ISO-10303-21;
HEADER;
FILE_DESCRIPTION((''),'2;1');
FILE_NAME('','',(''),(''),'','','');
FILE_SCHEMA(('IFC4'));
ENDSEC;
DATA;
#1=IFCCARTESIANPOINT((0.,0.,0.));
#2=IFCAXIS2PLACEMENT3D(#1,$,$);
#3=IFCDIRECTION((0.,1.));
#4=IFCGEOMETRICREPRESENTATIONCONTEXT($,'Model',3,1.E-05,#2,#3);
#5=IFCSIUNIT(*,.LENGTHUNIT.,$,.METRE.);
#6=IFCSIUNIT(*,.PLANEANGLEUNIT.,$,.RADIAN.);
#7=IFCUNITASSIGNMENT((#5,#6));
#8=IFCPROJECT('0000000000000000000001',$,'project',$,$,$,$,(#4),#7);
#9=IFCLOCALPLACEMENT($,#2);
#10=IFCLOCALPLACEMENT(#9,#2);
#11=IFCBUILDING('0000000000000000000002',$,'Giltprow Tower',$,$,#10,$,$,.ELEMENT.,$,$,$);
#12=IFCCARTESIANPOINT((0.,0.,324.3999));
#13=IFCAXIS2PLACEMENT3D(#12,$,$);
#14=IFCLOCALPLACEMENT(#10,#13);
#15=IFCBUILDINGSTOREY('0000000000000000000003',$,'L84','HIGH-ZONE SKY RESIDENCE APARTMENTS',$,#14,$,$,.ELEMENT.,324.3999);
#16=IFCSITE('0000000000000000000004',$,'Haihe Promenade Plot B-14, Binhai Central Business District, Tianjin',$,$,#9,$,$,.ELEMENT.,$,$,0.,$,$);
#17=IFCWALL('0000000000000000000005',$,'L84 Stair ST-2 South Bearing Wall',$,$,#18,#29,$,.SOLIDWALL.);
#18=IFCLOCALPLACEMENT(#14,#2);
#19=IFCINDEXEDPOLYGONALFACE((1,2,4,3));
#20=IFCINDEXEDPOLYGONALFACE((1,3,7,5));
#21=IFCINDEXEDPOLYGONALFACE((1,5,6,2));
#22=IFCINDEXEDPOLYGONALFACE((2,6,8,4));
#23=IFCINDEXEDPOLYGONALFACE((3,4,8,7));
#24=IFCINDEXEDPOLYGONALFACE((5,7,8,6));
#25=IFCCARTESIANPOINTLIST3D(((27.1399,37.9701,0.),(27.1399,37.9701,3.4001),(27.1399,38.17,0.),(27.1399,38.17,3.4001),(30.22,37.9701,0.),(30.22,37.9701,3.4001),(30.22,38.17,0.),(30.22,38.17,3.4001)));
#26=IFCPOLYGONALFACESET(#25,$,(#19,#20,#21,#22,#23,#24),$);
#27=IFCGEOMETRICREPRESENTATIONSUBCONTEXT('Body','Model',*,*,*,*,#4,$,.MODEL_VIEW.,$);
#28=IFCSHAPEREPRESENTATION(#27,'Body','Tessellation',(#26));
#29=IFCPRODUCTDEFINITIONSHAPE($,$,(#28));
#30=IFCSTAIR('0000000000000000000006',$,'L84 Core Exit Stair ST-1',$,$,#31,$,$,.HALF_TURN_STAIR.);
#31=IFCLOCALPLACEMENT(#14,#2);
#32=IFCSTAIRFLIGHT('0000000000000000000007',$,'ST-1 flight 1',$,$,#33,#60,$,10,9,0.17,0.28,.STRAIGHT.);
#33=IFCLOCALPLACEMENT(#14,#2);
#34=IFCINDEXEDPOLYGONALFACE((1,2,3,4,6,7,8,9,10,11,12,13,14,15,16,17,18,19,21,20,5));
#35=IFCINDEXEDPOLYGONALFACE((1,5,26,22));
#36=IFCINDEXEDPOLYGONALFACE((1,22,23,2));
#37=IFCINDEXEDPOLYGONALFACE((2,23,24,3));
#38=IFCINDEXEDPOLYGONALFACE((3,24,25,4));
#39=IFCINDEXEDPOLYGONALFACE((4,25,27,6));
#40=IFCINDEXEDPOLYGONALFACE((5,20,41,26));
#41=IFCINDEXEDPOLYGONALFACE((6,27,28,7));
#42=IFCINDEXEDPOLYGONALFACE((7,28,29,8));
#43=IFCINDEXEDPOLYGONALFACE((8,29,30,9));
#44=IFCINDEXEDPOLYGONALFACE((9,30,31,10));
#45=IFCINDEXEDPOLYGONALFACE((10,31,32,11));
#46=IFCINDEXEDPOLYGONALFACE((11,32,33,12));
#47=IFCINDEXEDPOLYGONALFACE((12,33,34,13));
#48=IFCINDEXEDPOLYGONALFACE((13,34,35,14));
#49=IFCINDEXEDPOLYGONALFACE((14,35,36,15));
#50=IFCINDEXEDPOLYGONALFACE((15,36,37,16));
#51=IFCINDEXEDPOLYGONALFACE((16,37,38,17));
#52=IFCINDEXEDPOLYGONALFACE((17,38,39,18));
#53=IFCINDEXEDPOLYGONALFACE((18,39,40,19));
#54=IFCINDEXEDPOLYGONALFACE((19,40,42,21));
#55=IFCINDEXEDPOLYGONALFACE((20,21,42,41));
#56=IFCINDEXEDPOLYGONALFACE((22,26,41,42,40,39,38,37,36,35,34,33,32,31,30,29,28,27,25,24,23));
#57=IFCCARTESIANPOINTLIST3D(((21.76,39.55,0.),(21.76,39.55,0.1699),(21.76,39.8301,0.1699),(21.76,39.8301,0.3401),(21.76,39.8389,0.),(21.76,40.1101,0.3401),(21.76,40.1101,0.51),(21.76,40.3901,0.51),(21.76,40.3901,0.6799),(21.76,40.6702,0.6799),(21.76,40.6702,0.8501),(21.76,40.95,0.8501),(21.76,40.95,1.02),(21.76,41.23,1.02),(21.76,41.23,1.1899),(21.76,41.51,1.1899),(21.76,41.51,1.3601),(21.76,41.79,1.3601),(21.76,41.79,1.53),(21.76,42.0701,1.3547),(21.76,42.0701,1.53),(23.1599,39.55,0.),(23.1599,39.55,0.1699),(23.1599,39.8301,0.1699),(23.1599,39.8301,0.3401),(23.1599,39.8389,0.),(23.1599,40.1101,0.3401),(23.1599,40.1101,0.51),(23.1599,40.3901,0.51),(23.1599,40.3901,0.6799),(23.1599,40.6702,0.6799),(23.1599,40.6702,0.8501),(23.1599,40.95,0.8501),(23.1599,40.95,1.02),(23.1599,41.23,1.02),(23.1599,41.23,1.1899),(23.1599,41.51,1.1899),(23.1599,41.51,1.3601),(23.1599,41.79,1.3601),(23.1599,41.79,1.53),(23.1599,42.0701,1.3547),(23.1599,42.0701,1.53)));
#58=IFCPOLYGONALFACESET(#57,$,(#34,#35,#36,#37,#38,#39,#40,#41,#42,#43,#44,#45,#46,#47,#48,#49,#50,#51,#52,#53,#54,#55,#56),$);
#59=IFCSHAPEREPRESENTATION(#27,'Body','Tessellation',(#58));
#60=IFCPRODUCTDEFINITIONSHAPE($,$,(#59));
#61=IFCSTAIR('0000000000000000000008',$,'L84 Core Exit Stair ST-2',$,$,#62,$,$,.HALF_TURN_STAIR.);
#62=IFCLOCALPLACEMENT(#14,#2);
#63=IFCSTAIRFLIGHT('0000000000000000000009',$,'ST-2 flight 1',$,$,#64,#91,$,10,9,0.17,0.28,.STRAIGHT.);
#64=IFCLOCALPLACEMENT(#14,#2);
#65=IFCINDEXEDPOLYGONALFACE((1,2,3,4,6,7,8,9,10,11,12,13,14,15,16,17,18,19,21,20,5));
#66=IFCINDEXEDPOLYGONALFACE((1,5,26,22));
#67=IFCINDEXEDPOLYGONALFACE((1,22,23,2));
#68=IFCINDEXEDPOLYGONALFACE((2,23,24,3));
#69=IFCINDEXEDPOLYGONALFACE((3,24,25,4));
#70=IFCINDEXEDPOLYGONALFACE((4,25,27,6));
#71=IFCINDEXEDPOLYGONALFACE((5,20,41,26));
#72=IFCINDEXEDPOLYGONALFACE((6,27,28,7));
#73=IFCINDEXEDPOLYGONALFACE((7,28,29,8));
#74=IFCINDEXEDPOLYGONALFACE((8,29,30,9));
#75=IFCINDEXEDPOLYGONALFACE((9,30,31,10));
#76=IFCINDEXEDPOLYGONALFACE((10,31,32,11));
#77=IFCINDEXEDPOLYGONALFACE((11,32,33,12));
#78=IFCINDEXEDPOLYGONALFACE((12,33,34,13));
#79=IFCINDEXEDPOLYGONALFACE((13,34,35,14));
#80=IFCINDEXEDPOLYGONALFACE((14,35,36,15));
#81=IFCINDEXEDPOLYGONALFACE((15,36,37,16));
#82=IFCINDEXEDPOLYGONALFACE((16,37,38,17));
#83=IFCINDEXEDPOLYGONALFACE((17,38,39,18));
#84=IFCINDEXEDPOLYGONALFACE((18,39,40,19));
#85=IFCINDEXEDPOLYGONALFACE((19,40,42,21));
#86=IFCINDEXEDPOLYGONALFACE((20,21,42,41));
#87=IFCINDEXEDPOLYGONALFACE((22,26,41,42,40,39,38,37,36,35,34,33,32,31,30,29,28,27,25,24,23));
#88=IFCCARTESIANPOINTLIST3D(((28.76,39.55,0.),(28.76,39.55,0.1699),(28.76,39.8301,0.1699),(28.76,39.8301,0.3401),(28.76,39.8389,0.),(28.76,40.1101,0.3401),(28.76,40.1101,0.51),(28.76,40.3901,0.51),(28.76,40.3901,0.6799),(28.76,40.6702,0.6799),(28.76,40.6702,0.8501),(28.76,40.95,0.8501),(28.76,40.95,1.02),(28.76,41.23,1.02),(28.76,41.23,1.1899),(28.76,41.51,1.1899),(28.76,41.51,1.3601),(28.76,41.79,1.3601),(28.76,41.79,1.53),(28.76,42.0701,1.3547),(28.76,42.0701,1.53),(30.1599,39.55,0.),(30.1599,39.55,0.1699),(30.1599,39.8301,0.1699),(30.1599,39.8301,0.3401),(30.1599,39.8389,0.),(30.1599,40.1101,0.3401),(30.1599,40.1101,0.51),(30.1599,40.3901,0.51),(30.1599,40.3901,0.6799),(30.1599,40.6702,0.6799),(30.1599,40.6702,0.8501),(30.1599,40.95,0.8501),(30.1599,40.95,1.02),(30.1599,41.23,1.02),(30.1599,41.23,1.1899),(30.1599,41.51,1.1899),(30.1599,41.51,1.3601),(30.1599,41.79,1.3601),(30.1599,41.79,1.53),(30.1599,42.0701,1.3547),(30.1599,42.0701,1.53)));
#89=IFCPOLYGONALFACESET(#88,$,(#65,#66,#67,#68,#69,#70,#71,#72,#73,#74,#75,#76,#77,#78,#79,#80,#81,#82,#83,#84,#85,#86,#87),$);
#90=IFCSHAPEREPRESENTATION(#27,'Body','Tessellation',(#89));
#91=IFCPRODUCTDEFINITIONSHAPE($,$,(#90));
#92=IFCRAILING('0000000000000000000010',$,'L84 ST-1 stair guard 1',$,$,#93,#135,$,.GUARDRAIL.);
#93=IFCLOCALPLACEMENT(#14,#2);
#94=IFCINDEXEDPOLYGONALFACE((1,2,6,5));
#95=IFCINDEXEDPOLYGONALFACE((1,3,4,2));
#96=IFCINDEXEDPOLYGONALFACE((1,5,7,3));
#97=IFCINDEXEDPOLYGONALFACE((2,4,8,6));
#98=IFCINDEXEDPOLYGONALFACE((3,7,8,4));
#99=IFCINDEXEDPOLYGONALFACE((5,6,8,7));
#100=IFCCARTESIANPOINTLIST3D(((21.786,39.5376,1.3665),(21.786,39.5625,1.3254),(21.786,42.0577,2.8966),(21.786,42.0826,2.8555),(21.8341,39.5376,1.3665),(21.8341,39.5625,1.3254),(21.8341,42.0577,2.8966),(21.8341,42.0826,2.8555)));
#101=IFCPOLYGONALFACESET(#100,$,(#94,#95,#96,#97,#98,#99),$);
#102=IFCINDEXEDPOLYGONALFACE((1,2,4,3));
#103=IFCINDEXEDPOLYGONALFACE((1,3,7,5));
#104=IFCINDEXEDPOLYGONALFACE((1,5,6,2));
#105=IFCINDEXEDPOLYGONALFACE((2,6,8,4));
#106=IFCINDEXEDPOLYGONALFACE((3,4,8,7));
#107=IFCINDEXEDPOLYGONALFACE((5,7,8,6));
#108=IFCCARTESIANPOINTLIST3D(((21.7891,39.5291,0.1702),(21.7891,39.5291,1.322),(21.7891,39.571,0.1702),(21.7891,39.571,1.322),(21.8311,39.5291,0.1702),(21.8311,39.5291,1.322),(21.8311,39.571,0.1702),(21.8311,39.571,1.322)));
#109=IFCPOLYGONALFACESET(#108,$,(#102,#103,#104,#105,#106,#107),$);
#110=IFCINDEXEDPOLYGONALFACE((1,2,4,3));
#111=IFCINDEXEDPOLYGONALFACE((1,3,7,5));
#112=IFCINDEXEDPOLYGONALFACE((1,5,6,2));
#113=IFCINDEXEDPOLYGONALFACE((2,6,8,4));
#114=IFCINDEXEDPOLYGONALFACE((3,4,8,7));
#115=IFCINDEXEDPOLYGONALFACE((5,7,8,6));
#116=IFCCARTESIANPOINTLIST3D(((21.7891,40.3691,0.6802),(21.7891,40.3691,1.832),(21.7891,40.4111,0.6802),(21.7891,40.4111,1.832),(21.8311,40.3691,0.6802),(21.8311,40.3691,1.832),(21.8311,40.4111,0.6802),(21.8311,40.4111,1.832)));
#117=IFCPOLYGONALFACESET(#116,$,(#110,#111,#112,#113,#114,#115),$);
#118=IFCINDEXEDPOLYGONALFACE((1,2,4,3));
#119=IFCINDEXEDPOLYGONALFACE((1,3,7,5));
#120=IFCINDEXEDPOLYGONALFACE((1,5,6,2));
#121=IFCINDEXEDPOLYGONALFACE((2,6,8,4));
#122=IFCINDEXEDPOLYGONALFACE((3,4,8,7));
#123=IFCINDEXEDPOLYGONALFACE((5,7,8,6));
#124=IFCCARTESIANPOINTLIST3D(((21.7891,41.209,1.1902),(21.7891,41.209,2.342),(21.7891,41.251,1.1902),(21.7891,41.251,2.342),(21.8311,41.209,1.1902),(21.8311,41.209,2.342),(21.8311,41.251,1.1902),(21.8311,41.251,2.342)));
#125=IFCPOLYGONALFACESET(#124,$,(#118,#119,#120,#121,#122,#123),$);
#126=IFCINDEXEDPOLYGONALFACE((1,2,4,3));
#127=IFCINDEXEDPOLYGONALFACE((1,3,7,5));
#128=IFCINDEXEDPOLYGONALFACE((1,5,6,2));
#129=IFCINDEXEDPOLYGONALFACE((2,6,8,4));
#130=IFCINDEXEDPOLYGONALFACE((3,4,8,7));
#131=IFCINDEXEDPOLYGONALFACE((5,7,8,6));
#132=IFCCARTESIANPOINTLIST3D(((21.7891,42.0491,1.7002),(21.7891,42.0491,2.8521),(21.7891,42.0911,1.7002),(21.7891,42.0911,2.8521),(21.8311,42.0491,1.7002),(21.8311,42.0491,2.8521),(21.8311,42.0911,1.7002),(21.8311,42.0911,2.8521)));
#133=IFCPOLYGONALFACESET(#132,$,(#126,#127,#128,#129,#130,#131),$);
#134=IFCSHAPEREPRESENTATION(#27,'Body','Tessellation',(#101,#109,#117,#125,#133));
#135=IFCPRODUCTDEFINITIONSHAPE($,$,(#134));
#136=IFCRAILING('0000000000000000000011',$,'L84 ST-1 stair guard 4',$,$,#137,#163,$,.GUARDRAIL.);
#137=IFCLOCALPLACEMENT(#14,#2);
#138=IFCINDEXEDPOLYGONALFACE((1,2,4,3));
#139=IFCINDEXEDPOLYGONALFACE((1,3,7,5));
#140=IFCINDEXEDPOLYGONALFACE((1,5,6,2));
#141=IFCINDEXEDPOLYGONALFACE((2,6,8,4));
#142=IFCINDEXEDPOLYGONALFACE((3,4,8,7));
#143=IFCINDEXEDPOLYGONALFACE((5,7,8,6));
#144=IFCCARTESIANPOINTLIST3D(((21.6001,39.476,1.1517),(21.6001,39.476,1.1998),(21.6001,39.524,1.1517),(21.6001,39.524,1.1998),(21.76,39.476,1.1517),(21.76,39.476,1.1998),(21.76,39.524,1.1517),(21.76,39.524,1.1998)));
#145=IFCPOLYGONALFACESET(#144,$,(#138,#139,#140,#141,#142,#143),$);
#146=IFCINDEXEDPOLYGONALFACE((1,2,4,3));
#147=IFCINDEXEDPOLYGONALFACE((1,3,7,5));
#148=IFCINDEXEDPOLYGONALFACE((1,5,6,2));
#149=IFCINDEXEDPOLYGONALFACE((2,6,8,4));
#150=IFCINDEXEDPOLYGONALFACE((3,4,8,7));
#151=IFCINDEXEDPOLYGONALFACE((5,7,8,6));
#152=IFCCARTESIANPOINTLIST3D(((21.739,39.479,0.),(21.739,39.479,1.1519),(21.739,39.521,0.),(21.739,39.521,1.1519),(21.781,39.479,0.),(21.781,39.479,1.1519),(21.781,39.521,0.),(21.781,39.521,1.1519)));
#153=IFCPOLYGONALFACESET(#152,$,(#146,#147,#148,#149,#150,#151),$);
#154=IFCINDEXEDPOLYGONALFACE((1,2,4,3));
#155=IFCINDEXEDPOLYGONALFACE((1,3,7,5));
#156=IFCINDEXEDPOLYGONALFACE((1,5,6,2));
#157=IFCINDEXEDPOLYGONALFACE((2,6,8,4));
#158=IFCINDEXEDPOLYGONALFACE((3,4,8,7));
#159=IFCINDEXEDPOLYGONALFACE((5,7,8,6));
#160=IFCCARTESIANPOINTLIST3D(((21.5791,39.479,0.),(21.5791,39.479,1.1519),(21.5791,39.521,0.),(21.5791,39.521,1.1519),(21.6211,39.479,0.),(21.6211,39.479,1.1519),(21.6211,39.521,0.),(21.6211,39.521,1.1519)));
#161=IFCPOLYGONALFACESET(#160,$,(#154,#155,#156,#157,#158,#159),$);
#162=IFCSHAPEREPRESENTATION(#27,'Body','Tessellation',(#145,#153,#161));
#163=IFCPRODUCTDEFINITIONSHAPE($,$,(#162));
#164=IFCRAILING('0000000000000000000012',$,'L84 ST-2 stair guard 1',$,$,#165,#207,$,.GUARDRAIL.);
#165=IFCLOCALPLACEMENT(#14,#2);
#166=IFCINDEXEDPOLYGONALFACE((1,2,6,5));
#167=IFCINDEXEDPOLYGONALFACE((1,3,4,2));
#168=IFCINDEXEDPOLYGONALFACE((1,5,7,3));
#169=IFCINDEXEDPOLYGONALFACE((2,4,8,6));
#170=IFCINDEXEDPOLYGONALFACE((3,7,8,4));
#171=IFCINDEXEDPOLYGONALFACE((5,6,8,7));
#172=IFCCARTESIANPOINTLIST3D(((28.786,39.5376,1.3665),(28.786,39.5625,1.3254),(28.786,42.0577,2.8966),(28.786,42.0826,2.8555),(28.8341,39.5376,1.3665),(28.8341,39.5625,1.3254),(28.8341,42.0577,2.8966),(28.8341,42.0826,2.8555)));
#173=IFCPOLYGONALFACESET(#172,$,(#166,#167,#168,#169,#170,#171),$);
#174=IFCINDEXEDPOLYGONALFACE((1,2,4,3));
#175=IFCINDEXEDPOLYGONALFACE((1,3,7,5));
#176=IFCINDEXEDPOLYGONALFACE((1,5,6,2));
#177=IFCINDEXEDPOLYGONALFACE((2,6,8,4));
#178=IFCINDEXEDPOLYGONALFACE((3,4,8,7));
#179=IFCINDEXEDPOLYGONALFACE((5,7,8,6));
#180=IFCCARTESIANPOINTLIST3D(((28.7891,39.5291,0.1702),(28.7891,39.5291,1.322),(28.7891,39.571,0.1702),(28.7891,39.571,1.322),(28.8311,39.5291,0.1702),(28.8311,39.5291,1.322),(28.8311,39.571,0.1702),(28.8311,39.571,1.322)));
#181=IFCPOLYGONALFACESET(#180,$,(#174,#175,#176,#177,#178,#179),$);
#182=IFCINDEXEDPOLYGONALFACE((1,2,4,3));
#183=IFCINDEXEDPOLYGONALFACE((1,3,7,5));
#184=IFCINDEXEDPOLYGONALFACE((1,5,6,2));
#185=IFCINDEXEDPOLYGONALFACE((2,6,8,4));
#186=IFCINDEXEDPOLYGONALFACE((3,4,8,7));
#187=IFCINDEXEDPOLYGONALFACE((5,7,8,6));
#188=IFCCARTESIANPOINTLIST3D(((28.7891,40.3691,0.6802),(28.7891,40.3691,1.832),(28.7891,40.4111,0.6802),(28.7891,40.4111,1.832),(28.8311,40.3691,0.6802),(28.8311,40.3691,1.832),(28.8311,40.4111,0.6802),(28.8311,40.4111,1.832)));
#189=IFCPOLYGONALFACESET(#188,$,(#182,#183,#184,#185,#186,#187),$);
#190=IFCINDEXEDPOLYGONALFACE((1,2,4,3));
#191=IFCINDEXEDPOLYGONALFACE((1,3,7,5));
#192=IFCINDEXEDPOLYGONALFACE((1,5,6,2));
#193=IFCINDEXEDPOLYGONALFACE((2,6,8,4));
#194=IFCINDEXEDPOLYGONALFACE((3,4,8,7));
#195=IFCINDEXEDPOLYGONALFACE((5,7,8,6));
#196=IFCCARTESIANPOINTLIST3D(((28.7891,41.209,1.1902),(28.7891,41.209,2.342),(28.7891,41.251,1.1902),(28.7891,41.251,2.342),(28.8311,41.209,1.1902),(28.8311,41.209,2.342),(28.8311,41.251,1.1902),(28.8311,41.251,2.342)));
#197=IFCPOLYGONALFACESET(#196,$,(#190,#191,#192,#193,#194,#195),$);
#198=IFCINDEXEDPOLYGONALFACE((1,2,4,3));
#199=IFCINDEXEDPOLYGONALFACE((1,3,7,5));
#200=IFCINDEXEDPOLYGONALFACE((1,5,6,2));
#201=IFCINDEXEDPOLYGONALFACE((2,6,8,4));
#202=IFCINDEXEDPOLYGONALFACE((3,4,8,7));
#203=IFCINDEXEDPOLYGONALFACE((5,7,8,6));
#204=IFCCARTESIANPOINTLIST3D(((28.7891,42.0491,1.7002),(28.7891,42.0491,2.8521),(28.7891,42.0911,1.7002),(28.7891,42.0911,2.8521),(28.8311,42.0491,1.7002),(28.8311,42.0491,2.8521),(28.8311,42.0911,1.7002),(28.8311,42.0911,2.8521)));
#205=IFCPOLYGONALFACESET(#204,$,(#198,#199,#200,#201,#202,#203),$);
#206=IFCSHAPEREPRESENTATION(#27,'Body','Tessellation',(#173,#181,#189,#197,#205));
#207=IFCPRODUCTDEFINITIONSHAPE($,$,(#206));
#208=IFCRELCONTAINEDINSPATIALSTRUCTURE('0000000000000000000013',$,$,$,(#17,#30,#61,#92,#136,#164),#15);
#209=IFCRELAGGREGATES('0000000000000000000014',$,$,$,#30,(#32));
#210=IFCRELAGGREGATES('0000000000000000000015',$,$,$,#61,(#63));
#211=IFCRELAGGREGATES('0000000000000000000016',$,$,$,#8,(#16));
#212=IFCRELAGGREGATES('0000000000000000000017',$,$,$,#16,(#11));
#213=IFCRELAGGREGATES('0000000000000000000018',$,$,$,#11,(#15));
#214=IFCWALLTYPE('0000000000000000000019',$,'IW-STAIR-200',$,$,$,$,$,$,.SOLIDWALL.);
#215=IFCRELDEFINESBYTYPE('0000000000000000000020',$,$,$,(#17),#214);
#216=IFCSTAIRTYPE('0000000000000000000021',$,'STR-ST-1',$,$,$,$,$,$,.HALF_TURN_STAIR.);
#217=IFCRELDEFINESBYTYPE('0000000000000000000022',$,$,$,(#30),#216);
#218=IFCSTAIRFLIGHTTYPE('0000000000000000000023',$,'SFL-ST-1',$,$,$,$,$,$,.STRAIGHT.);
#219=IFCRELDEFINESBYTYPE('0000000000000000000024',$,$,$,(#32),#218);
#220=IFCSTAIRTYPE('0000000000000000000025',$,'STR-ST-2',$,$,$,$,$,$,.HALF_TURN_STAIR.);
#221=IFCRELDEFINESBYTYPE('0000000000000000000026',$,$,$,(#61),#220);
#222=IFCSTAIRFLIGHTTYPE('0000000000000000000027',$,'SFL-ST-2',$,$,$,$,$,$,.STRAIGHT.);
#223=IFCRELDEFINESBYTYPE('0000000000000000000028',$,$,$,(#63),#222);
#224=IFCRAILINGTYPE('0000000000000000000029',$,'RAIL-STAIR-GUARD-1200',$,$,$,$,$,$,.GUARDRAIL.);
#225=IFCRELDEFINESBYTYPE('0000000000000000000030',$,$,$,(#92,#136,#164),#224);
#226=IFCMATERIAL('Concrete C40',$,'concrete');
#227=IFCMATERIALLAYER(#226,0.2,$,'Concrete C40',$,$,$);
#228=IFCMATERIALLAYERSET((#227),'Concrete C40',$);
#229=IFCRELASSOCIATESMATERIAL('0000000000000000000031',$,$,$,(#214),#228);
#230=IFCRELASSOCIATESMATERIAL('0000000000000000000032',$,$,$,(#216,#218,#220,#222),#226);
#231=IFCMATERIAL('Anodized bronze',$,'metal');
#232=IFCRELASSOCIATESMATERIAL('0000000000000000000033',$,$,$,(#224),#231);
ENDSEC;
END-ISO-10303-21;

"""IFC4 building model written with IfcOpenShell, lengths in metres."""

from ifc_helpers import new_model, si_unit, direction, frame, frame_2d, origin, origin_2d, place, context, subcontext, project, spatial, polyline, rectangle, outline, extrude, material, layer, layer_set, type_object, element, aggregate, save


model = new_model("IFC4")

# Units and contexts
model_context = context("Model", 3, precision=1e-05, world=origin(), true_north=direction((0.0, 1.0)))
body_context = subcontext(model_context, "Body", "Model", "MODEL_VIEW")
ifc_project = project(units=[si_unit("LENGTHUNIT", "METRE"), si_unit("PLANEANGLEUNIT", "RADIAN")], contexts=[model_context])

# Site, building, storey
site_placement = place(None, origin())
site = spatial("IfcSite", under=ifc_project, at=site_placement, Name="Haihe Promenade Plot B-14, Binhai Central Business District, Tianjin", CompositionType="ELEMENT", RefElevation=0.0)
building_placement = place(site_placement, origin())
building = spatial("IfcBuilding", under=site, at=building_placement, Name="Giltprow Tower", CompositionType="ELEMENT")
storey_placement = place(building_placement, frame((0.0, 0.0, 324.3999)))
storey = spatial("IfcBuildingStorey", under=building, at=storey_placement, Name="L84", Description="HIGH-ZONE SKY RESIDENCE APARTMENTS", CompositionType="ELEMENT", Elevation=324.3999)

# Shared definitions
ifc_material_1 = material(Name="Concrete C40", Category="concrete")
ifc_layer_1 = layer(ifc_material_1, 0.2, Name="Concrete C40")
ifc_layer_set_1 = layer_set([ifc_layer_1], Name="Concrete C40")
wall_type_1 = type_object("IfcWallType", Name="IW-STAIR-200", PredefinedType="SOLIDWALL", material=ifc_layer_set_1)

# Wall
wall_1_placement = place(storey_placement, frame((27.1399, 38.0701, 0.0), z_axis=(0.0, 0.0, 1.0), x_axis=(1.0, 0.0, 0.0)))
element("IfcWall", 1, at=wall_1_placement, inside=storey, type_object=wall_type_1, Name="L84 Stair ST-2 South Bearing Wall", PredefinedType="SOLIDWALL", context=body_context, shape_type="SweptSolid", body=[
    extrude(rectangle(XDim=3.0801, YDim=0.2, at=frame_2d((1.54, 0.0))), origin(), (0.0, 0.0, 1.0), 3.4001),
])

# Stairs, stair flights
stair_type_1 = type_object("IfcStairType", Name="STR-ST-1", PredefinedType="HALF_TURN_STAIR", material=ifc_material_1)
stair_1_placement = place(storey_placement, origin())
stair_1 = element("IfcStair", 2, at=stair_1_placement, inside=storey, type_object=stair_type_1, Name="L84 Core Exit Stair ST-1", PredefinedType="HALF_TURN_STAIR")
stair_flight_type_1 = type_object("IfcStairFlightType", Name="SFL-ST-1", PredefinedType="STRAIGHT", material=ifc_material_1)
stair_flight_1_placement = place(storey_placement, frame((22.46, 39.55, 0.0), z_axis=(0.0, 0.0, 1.0), x_axis=(0.0, 1.0, 0.0)))
stair_flight_1 = element("IfcStairFlight", 3, at=stair_flight_1_placement, type_object=stair_flight_type_1, Name="ST-1 flight 1", NumberOfRisers=10, NumberOfTreads=9, PredefinedType="STRAIGHT", RiserHeight=0.17, TreadLength=0.28, context=body_context, shape_type="SweptSolid", body=[
    extrude(outline(polyline([(0.0, 0.0), (0.0, 0.1699), (0.28, 0.1699), (0.28, 0.3401), (0.5601, 0.3401), (0.5601, 0.51), (0.8401, 0.51), (0.8401, 0.6799), (1.1201, 0.6799), (1.1201, 0.8501), (1.3999, 0.8501), (1.3999, 1.02), (1.6799, 1.02), (1.6799, 1.1899), (1.96, 1.1899), (1.96, 1.3601), (2.24, 1.3601), (2.24, 1.53), (2.52, 1.53), (2.52, 1.7), (2.52, 1.3547), (0.2888, 0.0), (0.0, 0.0)])), frame((0.0, 0.7, 0.0), z_axis=(0.0, -1.0, 0.0), x_axis=(1.0, 0.0, 0.0)), (0.0, 0.0, 1.0), 1.3999),
])
aggregate(stair_1, [stair_flight_1])
stair_type_2 = type_object("IfcStairType", Name="STR-ST-2", PredefinedType="HALF_TURN_STAIR", material=ifc_material_1)
stair_2_placement = place(storey_placement, origin())
stair_2 = element("IfcStair", 4, at=stair_2_placement, inside=storey, type_object=stair_type_2, Name="L84 Core Exit Stair ST-2", PredefinedType="HALF_TURN_STAIR")
stair_flight_type_2 = type_object("IfcStairFlightType", Name="SFL-ST-2", PredefinedType="STRAIGHT", material=ifc_material_1)
stair_flight_2_placement = place(storey_placement, frame((29.46, 39.55, 0.0), z_axis=(0.0, 0.0, 1.0), x_axis=(0.0, 1.0, 0.0)))
stair_flight_2 = element("IfcStairFlight", 5, at=stair_flight_2_placement, type_object=stair_flight_type_2, Name="ST-2 flight 1", NumberOfRisers=10, NumberOfTreads=9, PredefinedType="STRAIGHT", RiserHeight=0.17, TreadLength=0.28, context=body_context, shape_type="SweptSolid", body=[
    extrude(outline(polyline([(0.0, 0.0), (0.0, 0.1699), (0.28, 0.1699), (0.28, 0.3401), (0.5601, 0.3401), (0.5601, 0.51), (0.8401, 0.51), (0.8401, 0.6799), (1.1201, 0.6799), (1.1201, 0.8501), (1.3999, 0.8501), (1.3999, 1.02), (1.6799, 1.02), (1.6799, 1.1899), (1.96, 1.1899), (1.96, 1.3601), (2.24, 1.3601), (2.24, 1.53), (2.52, 1.53), (2.52, 1.7), (2.52, 1.3547), (0.2888, 0.0), (0.0, 0.0)])), frame((0.0, 0.7, 0.0), z_axis=(0.0, -1.0, 0.0), x_axis=(1.0, 0.0, 0.0)), (0.0, 0.0, 1.0), 1.3999),
])
aggregate(stair_2, [stair_flight_2])

# Railings
ifc_material_2 = material(Name="Anodized bronze", Category="metal")
railing_type_1 = type_object("IfcRailingType", Name="RAIL-STAIR-GUARD-1200", PredefinedType="GUARDRAIL", material=ifc_material_2)
railing_1_placement = place(storey_placement, frame((21.8101, 39.55, 0.1702)))
element("IfcRailing", 6, at=railing_1_placement, inside=storey, type_object=railing_type_1, Name="L84 ST-1 stair guard 1", PredefinedType="GUARDRAIL", context=body_context, shape_type="SweptSolid", body=[
    extrude(rectangle(XDim=0.0481, YDim=0.0481, at=origin_2d()), frame((0.0, 0.0, 1.1758), z_axis=(0.0, 0.854785, 0.518982), x_axis=(-1.0, 0.0, 0.0)), (0.0, 0.0, 1.0), 2.9482),
    extrude(rectangle(XDim=0.042, YDim=0.042, at=origin_2d()), origin(), (0.0, 0.0, 1.0), 1.1519),
    extrude(rectangle(XDim=0.042, YDim=0.042, at=origin_2d()), frame((0.0, 0.8401, 0.51)), (0.0, 0.0, 1.0), 1.1519),
    extrude(rectangle(XDim=0.042, YDim=0.042, at=origin_2d()), frame((0.0, 1.6799, 1.02)), (0.0, 0.0, 1.0), 1.1519),
    extrude(rectangle(XDim=0.042, YDim=0.042, at=origin_2d()), frame((0.0, 2.52, 1.53)), (0.0, 0.0, 1.0), 1.1519),
])
railing_2_placement = place(storey_placement, frame((21.76, 39.5, 0.0)))
element("IfcRailing", 7, at=railing_2_placement, inside=storey, type_object=railing_type_1, Name="L84 ST-1 stair guard 4", PredefinedType="GUARDRAIL", context=body_context, shape_type="SweptSolid", body=[
    extrude(rectangle(XDim=0.0481, YDim=0.0481, at=origin_2d()), frame((0.0, 0.0, 1.1758), z_axis=(-1.0, 0.0, 0.0), x_axis=(0.0, -1.0, 0.0)), (0.0, 0.0, 1.0), 0.1599),
    extrude(rectangle(XDim=0.042, YDim=0.042, at=origin_2d()), origin(), (0.0, 0.0, 1.0), 1.1519),
    extrude(rectangle(XDim=0.042, YDim=0.042, at=origin_2d()), frame((-0.1599, 0.0, 0.0)), (0.0, 0.0, 1.0), 1.1519),
])
railing_3_placement = place(storey_placement, frame((28.8101, 39.55, 0.1702)))
element("IfcRailing", 8, at=railing_3_placement, inside=storey, type_object=railing_type_1, Name="L84 ST-2 stair guard 1", PredefinedType="GUARDRAIL", context=body_context, shape_type="SweptSolid", body=[
    extrude(rectangle(XDim=0.0481, YDim=0.0481, at=origin_2d()), frame((0.0, 0.0, 1.1758), z_axis=(0.0, 0.854785, 0.518982), x_axis=(-1.0, 0.0, 0.0)), (0.0, 0.0, 1.0), 2.9482),
    extrude(rectangle(XDim=0.042, YDim=0.042, at=origin_2d()), origin(), (0.0, 0.0, 1.0), 1.1519),
    extrude(rectangle(XDim=0.042, YDim=0.042, at=origin_2d()), frame((0.0, 0.8401, 0.51)), (0.0, 0.0, 1.0), 1.1519),
    extrude(rectangle(XDim=0.042, YDim=0.042, at=origin_2d()), frame((0.0, 1.6799, 1.02)), (0.0, 0.0, 1.0), 1.1519),
    extrude(rectangle(XDim=0.042, YDim=0.042, at=origin_2d()), frame((0.0, 2.52, 1.53)), (0.0, 0.0, 1.0), 1.1519),
])

save(model, "model.ifc")
